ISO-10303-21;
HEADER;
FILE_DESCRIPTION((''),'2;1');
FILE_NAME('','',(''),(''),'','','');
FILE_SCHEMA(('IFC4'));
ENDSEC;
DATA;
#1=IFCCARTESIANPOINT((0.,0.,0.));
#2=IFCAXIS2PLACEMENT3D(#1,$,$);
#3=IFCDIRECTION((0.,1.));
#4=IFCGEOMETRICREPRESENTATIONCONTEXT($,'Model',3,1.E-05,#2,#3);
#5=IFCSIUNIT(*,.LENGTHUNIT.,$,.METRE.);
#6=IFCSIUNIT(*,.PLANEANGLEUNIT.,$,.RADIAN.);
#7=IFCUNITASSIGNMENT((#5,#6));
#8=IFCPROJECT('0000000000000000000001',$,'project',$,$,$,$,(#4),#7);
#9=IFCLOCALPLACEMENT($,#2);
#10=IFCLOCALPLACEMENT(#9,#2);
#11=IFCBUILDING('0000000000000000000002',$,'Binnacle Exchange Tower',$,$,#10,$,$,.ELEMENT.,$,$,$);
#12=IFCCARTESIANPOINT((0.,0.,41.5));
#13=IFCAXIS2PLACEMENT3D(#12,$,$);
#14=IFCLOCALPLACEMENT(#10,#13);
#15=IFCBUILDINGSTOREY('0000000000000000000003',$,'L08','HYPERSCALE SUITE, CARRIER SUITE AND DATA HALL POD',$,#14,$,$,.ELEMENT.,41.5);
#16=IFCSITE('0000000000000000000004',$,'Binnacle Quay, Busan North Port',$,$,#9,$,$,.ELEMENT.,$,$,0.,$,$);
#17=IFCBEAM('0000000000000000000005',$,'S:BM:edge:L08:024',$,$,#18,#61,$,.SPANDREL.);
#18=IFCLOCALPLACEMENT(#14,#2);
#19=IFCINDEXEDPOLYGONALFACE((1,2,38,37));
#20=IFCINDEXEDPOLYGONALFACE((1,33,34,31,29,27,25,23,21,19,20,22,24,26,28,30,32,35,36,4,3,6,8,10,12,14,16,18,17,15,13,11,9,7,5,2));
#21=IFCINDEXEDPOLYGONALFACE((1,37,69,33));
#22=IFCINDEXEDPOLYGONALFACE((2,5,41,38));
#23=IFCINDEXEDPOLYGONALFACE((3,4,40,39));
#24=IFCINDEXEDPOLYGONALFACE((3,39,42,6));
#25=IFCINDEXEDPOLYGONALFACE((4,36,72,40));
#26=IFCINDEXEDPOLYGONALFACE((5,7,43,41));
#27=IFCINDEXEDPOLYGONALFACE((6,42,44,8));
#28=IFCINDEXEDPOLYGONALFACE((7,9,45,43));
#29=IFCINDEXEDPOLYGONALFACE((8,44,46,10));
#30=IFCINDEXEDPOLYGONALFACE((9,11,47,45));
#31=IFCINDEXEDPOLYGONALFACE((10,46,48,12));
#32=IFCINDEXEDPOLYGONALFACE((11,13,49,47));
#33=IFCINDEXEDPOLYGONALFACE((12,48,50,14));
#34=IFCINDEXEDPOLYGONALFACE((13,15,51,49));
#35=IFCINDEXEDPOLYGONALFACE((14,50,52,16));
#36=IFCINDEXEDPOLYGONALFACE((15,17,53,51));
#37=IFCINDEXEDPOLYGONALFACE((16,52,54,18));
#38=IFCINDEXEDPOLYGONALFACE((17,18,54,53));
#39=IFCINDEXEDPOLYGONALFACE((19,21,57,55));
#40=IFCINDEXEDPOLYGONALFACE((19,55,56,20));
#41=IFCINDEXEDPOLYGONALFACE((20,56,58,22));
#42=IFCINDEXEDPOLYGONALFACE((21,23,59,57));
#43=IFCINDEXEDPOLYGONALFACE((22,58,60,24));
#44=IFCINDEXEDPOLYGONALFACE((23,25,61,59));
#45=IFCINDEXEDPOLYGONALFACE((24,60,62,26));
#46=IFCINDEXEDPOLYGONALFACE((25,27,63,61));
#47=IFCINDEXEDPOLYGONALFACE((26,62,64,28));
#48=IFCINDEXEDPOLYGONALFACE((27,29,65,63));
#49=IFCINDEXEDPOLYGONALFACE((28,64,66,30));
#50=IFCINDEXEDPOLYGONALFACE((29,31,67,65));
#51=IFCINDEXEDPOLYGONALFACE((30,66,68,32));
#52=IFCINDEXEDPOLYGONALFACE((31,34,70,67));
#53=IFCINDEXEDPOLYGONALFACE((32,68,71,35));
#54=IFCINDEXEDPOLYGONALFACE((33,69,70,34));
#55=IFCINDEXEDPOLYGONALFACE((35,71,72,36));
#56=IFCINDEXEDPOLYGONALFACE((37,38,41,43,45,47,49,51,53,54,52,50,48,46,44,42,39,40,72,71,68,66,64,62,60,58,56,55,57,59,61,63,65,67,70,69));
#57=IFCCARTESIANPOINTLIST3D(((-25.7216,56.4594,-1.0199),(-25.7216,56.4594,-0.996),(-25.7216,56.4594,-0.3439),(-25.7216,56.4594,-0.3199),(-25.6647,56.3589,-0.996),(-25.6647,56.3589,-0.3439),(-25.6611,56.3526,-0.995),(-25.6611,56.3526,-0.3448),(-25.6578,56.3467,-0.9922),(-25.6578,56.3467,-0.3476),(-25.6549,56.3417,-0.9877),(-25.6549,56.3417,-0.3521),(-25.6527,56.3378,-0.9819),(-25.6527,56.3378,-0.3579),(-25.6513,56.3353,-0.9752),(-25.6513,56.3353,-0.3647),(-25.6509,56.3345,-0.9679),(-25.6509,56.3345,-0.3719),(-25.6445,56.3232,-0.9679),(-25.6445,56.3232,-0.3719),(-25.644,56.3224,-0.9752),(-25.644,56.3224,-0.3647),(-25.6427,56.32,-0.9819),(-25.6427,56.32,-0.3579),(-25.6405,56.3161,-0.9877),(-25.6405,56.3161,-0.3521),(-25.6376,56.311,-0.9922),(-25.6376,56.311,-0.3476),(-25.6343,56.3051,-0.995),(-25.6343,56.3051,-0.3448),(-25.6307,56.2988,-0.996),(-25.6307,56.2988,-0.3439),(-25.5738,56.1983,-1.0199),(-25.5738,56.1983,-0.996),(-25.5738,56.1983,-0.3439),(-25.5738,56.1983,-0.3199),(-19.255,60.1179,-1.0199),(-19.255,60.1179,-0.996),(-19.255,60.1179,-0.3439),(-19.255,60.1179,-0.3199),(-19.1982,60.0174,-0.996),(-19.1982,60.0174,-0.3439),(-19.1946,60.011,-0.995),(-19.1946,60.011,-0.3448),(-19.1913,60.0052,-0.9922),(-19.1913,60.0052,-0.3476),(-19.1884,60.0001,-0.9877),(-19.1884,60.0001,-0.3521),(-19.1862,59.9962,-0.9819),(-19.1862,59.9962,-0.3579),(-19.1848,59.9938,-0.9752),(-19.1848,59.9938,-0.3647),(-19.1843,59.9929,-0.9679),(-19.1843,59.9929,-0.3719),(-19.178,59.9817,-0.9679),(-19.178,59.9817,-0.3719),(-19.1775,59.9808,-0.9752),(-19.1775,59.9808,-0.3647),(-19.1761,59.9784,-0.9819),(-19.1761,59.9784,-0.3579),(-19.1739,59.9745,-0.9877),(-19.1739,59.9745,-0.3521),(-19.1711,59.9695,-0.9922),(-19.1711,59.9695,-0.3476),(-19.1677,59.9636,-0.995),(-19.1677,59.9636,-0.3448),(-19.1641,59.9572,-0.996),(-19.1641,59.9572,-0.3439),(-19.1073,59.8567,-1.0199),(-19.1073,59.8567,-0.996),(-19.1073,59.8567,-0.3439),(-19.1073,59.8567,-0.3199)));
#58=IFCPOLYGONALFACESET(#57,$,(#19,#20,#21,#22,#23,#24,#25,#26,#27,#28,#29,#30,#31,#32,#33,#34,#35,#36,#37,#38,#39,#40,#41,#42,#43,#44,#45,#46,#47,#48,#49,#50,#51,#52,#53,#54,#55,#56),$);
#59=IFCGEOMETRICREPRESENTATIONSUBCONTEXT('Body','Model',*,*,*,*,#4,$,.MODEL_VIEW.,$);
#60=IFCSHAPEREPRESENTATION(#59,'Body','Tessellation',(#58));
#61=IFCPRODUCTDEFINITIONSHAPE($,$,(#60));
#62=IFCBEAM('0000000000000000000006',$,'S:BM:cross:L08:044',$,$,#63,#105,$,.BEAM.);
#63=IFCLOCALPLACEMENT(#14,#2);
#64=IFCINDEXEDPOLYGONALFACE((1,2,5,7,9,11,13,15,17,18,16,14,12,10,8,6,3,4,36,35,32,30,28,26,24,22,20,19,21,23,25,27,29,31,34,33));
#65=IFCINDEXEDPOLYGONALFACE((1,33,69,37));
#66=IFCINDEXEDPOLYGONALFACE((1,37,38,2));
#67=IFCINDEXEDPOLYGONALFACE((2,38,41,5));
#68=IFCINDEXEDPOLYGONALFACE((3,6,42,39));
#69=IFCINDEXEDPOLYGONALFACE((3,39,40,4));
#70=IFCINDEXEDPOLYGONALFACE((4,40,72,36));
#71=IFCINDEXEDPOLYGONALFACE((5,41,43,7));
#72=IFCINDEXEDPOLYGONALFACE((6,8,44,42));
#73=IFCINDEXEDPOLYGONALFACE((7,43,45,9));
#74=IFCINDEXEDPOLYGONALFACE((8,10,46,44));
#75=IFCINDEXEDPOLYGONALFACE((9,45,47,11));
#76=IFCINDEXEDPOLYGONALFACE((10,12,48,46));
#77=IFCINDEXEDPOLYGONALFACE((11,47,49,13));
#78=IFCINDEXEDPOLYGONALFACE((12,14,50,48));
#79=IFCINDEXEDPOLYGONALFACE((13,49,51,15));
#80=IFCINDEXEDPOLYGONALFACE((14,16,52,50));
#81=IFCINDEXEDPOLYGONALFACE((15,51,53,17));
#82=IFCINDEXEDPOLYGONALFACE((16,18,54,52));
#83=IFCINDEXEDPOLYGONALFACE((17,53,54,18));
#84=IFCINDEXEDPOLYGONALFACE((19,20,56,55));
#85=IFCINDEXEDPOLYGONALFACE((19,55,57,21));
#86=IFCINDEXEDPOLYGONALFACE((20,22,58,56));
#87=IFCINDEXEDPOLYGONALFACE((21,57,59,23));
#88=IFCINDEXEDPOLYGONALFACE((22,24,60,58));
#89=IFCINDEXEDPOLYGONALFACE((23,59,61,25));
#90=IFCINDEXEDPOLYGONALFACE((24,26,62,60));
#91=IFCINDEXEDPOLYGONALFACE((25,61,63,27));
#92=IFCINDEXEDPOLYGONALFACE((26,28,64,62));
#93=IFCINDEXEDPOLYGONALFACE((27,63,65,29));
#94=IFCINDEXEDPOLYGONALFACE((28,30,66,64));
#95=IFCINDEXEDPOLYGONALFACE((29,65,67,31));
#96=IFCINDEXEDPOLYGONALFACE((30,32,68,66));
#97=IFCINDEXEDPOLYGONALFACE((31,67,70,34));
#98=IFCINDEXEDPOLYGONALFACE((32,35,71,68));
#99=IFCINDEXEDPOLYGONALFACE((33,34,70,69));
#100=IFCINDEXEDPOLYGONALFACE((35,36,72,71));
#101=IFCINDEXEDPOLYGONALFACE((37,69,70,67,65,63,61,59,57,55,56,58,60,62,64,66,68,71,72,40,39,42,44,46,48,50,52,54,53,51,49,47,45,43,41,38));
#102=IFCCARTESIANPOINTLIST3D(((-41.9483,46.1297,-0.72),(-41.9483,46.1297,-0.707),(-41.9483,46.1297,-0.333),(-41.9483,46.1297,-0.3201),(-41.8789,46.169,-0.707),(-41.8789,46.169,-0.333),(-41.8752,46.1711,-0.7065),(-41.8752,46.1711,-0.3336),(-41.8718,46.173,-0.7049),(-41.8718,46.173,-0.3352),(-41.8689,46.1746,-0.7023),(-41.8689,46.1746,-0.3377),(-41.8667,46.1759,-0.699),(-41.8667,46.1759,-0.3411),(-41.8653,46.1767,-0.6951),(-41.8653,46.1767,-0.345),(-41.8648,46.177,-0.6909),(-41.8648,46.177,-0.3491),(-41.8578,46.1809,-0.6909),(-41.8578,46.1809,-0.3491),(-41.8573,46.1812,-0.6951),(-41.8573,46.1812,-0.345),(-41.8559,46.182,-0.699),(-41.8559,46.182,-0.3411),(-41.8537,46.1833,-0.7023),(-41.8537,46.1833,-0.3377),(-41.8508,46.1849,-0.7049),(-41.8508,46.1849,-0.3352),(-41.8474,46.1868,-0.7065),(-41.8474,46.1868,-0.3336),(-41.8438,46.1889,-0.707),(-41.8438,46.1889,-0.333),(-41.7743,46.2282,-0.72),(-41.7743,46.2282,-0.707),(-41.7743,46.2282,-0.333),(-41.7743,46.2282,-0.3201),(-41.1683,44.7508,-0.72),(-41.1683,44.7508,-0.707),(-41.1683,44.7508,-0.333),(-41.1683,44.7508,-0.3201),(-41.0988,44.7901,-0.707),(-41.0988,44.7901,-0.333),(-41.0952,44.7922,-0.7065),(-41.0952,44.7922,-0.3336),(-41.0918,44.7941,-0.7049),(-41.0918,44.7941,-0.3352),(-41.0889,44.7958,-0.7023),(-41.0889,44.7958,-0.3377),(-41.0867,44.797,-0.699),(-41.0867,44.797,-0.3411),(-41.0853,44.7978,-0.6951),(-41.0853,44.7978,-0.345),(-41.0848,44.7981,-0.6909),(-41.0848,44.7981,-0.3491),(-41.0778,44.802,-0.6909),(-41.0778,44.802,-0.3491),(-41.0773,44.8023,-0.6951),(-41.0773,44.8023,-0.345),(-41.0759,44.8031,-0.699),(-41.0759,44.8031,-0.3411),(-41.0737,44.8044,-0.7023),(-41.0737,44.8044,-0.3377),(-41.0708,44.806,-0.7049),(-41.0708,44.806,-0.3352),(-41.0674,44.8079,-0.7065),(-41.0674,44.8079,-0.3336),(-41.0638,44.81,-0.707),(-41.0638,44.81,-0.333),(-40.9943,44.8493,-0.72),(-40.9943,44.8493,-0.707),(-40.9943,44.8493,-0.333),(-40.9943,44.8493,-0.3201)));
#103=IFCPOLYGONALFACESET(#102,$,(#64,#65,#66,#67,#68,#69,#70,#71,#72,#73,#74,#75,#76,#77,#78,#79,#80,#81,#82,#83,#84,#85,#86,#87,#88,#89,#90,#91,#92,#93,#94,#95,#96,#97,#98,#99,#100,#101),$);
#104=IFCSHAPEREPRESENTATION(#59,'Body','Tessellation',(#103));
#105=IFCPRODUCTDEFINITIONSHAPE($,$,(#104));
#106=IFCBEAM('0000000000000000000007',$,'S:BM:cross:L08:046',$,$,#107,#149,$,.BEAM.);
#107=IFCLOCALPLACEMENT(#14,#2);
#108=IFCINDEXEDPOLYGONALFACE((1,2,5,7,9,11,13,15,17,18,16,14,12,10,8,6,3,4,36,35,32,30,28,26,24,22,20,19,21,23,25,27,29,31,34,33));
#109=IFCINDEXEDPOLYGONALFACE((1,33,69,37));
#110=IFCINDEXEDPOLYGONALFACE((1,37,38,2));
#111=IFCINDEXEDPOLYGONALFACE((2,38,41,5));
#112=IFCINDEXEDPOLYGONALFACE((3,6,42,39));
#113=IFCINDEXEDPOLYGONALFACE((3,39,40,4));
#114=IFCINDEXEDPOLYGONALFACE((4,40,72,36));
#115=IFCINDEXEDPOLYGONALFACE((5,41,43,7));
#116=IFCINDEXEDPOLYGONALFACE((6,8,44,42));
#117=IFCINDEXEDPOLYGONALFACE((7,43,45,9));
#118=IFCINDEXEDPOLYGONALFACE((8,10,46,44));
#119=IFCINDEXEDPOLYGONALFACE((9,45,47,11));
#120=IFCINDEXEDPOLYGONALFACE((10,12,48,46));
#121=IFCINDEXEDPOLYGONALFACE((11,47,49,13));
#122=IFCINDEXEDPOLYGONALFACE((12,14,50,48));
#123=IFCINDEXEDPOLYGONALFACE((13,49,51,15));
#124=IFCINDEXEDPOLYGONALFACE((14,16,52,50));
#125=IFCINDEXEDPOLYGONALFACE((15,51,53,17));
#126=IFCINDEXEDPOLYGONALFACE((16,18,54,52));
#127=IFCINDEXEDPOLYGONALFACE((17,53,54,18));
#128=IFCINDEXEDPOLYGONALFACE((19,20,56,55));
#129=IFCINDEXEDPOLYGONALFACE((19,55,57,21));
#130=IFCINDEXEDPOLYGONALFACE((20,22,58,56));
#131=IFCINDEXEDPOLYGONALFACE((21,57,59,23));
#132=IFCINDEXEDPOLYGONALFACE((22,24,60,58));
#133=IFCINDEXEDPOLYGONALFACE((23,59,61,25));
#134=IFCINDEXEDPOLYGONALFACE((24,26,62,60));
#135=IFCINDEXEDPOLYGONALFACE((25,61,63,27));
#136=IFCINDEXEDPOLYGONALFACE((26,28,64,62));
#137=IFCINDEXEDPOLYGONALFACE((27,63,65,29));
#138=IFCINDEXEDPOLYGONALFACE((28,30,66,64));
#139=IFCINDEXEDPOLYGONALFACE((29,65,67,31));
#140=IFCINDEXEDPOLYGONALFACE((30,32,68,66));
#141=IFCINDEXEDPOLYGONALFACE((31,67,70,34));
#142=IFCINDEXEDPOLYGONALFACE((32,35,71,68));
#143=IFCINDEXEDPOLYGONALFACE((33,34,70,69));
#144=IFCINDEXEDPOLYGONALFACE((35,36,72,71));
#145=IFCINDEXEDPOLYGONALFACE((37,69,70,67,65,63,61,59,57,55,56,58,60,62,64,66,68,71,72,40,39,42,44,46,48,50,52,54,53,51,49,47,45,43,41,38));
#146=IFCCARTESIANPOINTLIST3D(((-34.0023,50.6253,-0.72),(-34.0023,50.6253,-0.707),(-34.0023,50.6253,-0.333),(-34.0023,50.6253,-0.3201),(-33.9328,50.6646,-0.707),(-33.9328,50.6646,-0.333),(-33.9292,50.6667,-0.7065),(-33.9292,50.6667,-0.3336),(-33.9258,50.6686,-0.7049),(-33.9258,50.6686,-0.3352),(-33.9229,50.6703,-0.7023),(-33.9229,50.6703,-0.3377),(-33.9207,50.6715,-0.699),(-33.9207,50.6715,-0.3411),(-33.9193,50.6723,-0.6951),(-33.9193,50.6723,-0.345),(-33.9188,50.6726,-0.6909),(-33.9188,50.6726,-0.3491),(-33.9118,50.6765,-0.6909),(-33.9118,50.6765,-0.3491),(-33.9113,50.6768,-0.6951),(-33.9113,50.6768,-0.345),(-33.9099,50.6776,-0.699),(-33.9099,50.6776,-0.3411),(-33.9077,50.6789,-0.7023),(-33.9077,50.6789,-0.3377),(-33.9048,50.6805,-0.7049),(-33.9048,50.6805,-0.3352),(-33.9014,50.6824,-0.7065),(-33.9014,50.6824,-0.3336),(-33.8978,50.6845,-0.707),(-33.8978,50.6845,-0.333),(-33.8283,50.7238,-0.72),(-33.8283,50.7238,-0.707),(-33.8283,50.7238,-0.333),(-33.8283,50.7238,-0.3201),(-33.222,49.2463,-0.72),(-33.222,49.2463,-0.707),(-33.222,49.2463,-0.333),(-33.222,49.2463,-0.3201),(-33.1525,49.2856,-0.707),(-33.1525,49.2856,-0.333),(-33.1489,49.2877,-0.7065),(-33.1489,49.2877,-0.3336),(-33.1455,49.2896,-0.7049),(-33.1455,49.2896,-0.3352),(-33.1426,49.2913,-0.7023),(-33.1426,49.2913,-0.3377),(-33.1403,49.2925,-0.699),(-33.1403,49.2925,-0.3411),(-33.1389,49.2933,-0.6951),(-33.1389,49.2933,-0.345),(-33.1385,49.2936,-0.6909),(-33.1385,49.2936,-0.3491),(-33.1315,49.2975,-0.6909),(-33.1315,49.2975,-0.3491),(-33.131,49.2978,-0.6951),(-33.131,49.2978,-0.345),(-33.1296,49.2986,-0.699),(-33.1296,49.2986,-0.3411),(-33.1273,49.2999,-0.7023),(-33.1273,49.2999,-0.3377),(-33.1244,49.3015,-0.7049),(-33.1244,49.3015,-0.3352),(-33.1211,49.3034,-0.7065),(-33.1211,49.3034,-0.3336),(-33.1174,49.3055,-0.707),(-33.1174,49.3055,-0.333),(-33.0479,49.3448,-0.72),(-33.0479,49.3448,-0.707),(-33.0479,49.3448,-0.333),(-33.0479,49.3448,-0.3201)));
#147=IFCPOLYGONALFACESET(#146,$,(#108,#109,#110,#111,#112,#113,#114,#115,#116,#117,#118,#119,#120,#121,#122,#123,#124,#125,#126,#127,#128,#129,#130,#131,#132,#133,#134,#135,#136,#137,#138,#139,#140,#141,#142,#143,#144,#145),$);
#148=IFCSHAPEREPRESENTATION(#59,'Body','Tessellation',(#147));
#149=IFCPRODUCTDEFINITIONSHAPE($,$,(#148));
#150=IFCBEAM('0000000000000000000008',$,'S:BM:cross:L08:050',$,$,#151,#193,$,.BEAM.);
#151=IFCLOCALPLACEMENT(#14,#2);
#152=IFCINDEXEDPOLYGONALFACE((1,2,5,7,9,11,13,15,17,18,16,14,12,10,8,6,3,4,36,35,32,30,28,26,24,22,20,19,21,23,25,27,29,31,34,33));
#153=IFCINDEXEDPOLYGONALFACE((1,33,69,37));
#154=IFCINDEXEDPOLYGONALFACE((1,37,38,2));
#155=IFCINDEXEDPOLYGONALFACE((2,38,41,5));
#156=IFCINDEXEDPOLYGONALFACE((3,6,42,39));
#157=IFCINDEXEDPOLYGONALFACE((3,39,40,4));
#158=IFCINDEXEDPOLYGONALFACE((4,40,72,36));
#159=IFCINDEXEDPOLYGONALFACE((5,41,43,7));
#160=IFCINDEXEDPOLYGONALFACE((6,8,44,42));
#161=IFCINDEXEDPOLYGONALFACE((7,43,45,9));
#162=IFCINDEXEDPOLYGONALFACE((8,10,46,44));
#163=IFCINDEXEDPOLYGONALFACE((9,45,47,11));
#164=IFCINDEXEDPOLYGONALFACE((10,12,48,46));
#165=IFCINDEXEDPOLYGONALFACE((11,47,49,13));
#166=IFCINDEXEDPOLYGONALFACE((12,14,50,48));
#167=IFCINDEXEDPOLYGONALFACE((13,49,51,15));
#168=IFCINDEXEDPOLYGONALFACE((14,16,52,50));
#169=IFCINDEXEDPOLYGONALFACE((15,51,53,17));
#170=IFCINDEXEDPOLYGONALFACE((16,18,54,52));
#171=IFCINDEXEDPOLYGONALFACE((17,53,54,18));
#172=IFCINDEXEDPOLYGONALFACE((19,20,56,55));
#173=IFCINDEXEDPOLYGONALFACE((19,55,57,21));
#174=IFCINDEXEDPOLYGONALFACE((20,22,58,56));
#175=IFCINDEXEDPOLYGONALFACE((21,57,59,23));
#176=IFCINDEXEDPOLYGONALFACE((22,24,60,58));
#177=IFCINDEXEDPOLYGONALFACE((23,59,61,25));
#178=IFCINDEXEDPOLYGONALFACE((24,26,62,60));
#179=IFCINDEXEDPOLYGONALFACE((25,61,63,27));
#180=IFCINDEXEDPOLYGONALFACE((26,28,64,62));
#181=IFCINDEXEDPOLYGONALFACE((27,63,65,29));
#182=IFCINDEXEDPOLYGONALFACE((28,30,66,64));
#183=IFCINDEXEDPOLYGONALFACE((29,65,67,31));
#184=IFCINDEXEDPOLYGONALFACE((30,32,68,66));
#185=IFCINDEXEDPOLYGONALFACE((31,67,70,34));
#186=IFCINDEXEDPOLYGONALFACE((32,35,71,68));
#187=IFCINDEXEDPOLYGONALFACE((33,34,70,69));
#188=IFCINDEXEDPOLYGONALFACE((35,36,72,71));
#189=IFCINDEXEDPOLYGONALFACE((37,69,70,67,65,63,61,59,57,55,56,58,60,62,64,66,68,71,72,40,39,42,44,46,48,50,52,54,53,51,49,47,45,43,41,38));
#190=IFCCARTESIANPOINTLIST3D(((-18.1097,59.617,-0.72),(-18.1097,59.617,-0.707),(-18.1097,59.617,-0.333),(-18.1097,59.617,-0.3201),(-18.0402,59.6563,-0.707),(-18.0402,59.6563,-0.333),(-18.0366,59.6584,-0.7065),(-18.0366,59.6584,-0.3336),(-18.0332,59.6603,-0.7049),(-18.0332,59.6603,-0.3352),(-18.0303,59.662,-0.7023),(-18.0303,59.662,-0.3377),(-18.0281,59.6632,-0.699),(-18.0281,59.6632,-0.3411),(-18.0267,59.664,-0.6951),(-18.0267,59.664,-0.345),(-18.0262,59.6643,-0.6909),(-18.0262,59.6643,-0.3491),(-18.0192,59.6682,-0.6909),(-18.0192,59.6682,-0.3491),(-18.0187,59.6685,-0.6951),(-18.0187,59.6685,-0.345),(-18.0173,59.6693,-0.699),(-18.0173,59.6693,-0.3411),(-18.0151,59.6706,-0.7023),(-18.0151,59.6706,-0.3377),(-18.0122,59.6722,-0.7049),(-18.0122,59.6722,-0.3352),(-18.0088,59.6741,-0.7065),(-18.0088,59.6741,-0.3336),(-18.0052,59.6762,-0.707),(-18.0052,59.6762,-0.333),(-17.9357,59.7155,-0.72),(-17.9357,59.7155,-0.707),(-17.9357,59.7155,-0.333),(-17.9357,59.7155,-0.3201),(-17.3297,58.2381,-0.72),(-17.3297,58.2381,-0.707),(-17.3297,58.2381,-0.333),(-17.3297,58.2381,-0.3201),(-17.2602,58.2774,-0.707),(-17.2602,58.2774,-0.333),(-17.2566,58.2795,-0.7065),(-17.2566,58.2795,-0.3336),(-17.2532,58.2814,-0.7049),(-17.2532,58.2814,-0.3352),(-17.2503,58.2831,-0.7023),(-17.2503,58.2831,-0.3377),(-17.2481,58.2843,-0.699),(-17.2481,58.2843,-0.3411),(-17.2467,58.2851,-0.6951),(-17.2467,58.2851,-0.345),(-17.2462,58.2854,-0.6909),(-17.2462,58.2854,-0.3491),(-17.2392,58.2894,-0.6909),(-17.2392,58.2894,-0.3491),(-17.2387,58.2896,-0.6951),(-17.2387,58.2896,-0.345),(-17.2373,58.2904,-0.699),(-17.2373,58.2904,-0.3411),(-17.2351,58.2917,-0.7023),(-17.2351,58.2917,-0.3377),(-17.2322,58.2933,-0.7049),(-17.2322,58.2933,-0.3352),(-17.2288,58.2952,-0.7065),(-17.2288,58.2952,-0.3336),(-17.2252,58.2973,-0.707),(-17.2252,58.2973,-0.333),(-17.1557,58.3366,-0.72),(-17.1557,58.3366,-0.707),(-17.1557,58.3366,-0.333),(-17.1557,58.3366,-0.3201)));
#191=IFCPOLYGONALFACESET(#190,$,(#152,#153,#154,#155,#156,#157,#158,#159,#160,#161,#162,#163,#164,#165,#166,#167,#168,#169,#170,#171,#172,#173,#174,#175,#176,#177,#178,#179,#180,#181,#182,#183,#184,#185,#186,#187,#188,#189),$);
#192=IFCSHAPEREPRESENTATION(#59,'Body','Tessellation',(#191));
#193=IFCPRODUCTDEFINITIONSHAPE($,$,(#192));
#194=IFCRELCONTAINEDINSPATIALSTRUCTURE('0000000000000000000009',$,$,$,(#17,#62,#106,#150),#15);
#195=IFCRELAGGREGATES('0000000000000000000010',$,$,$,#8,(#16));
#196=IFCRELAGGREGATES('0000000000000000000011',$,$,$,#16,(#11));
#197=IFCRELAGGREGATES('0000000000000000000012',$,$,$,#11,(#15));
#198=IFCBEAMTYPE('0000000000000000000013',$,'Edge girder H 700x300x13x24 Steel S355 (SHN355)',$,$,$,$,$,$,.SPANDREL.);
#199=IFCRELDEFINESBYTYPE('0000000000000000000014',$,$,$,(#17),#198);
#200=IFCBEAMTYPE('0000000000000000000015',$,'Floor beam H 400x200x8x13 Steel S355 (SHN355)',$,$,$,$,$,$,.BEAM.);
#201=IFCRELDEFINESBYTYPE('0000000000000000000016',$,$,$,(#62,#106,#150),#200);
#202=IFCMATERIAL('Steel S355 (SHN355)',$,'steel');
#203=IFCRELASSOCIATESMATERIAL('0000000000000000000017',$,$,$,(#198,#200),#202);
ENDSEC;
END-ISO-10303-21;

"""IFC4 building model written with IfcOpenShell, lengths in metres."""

from ifc_helpers import new_model, si_unit, direction, frame, origin, origin_2d, place, context, subcontext, project, spatial, i_section, extrude, material, material_profile, profile_set, type_object, element, save


model = new_model("IFC4")

# Units and contexts
model_context = context("Model", 3, precision=1e-05, world=origin(), true_north=direction((0.0, 1.0)))
body_context = subcontext(model_context, "Body", "Model", "MODEL_VIEW")
ifc_project = project(units=[si_unit("LENGTHUNIT", "METRE"), si_unit("PLANEANGLEUNIT", "RADIAN")], contexts=[model_context])

# Site, building, storey
site_placement = place(None, origin())
site = spatial("IfcSite", under=ifc_project, at=site_placement, Name="Binnacle Quay, Busan North Port", CompositionType="ELEMENT", RefElevation=0.0)
building_placement = place(site_placement, origin())
building = spatial("IfcBuilding", under=site, at=building_placement, Name="Binnacle Exchange Tower", CompositionType="ELEMENT")
storey_placement = place(building_placement, frame((0.0, 0.0, 41.5)))
storey = spatial("IfcBuildingStorey", under=building, at=storey_placement, Name="L08", Description="HYPERSCALE SUITE, CARRIER SUITE AND DATA HALL POD", CompositionType="ELEMENT", Elevation=41.5)

# Beams
ifc_material_1 = material(Name="Steel S355 (SHN355)", Category="steel")
ifc_material_profile_1 = material_profile(ifc_material_1, i_section(OverallWidth=0.3, OverallDepth=0.7, WebThickness=0.0129, FlangeThickness=0.0239, FilletRadius=0.0281, at=origin_2d()), Name="H 700x300x13x24")
ifc_profile_set_1 = profile_set([ifc_material_profile_1], Name="Steel S355 (SHN355)")
beam_type_1 = type_object("IfcBeamType", Name="Edge girder H 700x300x13x24 Steel S355 (SHN355)", PredefinedType="SPANDREL", material=ifc_profile_set_1)
beam_1_placement = place(storey_placement, frame((-19.1812, 59.9873, -0.6699), z_axis=(-0.870364, -0.492408, 0.0), x_axis=(0.492408, -0.870364, 0.0)))
element("IfcBeam", 1, at=beam_1_placement, inside=storey, type_object=beam_type_1, Name="S:BM:edge:L08:024", PredefinedType="SPANDREL", context=body_context, shape_type="SweptSolid", body=[
    extrude(i_section(OverallWidth=0.3, OverallDepth=0.7, WebThickness=0.0129, FlangeThickness=0.0239, FilletRadius=0.0281, at=origin_2d()), origin(), (0.0, 0.0, 1.0), 7.4297),
])
ifc_material_profile_2 = material_profile(ifc_material_1, i_section(OverallWidth=0.2, OverallDepth=0.3999, WebThickness=0.0081, FlangeThickness=0.0129, FilletRadius=0.0161, at=origin_2d()), Name="H 400x200x8x13")
ifc_profile_set_2 = profile_set([ifc_material_profile_2], Name="Steel S355 (SHN355)")
beam_type_2 = type_object("IfcBeamType", Name="Floor beam H 400x200x8x13 Steel S355 (SHN355)", PredefinedType="BEAM", material=ifc_profile_set_2)
beam_2_placement = place(storey_placement, frame((-41.8613, 46.179, -0.52), z_axis=(0.492367, -0.870388, 0.0), x_axis=(0.870388, 0.492367, 0.0)))
element("IfcBeam", 2, at=beam_2_placement, inside=storey, type_object=beam_type_2, Name="S:BM:cross:L08:044", PredefinedType="BEAM", context=body_context, shape_type="SweptSolid", body=[
    extrude(i_section(OverallWidth=0.2, OverallDepth=0.3999, WebThickness=0.0081, FlangeThickness=0.0129, FilletRadius=0.0161, at=origin_2d()), origin(), (0.0, 0.0, 1.0), 1.5842),
])
beam_3_placement = place(storey_placement, frame((-33.9153, 50.6746, -0.52), z_axis=(0.492484, -0.870322, 0.0), x_axis=(0.870322, 0.492484, 0.0)))
element("IfcBeam", 3, at=beam_3_placement, inside=storey, type_object=beam_type_2, Name="S:BM:cross:L08:046", PredefinedType="BEAM", context=body_context, shape_type="SweptSolid", body=[
    extrude(i_section(OverallWidth=0.2, OverallDepth=0.3999, WebThickness=0.0081, FlangeThickness=0.0129, FilletRadius=0.0161, at=origin_2d()), origin(), (0.0, 0.0, 1.0), 1.5845),
])
beam_4_placement = place(storey_placement, frame((-18.0227, 59.6663, -0.52), z_axis=(0.492367, -0.870388, 0.0), x_axis=(0.870388, 0.492367, 0.0)))
element("IfcBeam", 4, at=beam_4_placement, inside=storey, type_object=beam_type_2, Name="S:BM:cross:L08:050", PredefinedType="BEAM", context=body_context, shape_type="SweptSolid", body=[
    extrude(i_section(OverallWidth=0.2, OverallDepth=0.3999, WebThickness=0.0081, FlangeThickness=0.0129, FilletRadius=0.0161, at=origin_2d()), origin(), (0.0, 0.0, 1.0), 1.5842),
])

save(model, "model.ifc")
